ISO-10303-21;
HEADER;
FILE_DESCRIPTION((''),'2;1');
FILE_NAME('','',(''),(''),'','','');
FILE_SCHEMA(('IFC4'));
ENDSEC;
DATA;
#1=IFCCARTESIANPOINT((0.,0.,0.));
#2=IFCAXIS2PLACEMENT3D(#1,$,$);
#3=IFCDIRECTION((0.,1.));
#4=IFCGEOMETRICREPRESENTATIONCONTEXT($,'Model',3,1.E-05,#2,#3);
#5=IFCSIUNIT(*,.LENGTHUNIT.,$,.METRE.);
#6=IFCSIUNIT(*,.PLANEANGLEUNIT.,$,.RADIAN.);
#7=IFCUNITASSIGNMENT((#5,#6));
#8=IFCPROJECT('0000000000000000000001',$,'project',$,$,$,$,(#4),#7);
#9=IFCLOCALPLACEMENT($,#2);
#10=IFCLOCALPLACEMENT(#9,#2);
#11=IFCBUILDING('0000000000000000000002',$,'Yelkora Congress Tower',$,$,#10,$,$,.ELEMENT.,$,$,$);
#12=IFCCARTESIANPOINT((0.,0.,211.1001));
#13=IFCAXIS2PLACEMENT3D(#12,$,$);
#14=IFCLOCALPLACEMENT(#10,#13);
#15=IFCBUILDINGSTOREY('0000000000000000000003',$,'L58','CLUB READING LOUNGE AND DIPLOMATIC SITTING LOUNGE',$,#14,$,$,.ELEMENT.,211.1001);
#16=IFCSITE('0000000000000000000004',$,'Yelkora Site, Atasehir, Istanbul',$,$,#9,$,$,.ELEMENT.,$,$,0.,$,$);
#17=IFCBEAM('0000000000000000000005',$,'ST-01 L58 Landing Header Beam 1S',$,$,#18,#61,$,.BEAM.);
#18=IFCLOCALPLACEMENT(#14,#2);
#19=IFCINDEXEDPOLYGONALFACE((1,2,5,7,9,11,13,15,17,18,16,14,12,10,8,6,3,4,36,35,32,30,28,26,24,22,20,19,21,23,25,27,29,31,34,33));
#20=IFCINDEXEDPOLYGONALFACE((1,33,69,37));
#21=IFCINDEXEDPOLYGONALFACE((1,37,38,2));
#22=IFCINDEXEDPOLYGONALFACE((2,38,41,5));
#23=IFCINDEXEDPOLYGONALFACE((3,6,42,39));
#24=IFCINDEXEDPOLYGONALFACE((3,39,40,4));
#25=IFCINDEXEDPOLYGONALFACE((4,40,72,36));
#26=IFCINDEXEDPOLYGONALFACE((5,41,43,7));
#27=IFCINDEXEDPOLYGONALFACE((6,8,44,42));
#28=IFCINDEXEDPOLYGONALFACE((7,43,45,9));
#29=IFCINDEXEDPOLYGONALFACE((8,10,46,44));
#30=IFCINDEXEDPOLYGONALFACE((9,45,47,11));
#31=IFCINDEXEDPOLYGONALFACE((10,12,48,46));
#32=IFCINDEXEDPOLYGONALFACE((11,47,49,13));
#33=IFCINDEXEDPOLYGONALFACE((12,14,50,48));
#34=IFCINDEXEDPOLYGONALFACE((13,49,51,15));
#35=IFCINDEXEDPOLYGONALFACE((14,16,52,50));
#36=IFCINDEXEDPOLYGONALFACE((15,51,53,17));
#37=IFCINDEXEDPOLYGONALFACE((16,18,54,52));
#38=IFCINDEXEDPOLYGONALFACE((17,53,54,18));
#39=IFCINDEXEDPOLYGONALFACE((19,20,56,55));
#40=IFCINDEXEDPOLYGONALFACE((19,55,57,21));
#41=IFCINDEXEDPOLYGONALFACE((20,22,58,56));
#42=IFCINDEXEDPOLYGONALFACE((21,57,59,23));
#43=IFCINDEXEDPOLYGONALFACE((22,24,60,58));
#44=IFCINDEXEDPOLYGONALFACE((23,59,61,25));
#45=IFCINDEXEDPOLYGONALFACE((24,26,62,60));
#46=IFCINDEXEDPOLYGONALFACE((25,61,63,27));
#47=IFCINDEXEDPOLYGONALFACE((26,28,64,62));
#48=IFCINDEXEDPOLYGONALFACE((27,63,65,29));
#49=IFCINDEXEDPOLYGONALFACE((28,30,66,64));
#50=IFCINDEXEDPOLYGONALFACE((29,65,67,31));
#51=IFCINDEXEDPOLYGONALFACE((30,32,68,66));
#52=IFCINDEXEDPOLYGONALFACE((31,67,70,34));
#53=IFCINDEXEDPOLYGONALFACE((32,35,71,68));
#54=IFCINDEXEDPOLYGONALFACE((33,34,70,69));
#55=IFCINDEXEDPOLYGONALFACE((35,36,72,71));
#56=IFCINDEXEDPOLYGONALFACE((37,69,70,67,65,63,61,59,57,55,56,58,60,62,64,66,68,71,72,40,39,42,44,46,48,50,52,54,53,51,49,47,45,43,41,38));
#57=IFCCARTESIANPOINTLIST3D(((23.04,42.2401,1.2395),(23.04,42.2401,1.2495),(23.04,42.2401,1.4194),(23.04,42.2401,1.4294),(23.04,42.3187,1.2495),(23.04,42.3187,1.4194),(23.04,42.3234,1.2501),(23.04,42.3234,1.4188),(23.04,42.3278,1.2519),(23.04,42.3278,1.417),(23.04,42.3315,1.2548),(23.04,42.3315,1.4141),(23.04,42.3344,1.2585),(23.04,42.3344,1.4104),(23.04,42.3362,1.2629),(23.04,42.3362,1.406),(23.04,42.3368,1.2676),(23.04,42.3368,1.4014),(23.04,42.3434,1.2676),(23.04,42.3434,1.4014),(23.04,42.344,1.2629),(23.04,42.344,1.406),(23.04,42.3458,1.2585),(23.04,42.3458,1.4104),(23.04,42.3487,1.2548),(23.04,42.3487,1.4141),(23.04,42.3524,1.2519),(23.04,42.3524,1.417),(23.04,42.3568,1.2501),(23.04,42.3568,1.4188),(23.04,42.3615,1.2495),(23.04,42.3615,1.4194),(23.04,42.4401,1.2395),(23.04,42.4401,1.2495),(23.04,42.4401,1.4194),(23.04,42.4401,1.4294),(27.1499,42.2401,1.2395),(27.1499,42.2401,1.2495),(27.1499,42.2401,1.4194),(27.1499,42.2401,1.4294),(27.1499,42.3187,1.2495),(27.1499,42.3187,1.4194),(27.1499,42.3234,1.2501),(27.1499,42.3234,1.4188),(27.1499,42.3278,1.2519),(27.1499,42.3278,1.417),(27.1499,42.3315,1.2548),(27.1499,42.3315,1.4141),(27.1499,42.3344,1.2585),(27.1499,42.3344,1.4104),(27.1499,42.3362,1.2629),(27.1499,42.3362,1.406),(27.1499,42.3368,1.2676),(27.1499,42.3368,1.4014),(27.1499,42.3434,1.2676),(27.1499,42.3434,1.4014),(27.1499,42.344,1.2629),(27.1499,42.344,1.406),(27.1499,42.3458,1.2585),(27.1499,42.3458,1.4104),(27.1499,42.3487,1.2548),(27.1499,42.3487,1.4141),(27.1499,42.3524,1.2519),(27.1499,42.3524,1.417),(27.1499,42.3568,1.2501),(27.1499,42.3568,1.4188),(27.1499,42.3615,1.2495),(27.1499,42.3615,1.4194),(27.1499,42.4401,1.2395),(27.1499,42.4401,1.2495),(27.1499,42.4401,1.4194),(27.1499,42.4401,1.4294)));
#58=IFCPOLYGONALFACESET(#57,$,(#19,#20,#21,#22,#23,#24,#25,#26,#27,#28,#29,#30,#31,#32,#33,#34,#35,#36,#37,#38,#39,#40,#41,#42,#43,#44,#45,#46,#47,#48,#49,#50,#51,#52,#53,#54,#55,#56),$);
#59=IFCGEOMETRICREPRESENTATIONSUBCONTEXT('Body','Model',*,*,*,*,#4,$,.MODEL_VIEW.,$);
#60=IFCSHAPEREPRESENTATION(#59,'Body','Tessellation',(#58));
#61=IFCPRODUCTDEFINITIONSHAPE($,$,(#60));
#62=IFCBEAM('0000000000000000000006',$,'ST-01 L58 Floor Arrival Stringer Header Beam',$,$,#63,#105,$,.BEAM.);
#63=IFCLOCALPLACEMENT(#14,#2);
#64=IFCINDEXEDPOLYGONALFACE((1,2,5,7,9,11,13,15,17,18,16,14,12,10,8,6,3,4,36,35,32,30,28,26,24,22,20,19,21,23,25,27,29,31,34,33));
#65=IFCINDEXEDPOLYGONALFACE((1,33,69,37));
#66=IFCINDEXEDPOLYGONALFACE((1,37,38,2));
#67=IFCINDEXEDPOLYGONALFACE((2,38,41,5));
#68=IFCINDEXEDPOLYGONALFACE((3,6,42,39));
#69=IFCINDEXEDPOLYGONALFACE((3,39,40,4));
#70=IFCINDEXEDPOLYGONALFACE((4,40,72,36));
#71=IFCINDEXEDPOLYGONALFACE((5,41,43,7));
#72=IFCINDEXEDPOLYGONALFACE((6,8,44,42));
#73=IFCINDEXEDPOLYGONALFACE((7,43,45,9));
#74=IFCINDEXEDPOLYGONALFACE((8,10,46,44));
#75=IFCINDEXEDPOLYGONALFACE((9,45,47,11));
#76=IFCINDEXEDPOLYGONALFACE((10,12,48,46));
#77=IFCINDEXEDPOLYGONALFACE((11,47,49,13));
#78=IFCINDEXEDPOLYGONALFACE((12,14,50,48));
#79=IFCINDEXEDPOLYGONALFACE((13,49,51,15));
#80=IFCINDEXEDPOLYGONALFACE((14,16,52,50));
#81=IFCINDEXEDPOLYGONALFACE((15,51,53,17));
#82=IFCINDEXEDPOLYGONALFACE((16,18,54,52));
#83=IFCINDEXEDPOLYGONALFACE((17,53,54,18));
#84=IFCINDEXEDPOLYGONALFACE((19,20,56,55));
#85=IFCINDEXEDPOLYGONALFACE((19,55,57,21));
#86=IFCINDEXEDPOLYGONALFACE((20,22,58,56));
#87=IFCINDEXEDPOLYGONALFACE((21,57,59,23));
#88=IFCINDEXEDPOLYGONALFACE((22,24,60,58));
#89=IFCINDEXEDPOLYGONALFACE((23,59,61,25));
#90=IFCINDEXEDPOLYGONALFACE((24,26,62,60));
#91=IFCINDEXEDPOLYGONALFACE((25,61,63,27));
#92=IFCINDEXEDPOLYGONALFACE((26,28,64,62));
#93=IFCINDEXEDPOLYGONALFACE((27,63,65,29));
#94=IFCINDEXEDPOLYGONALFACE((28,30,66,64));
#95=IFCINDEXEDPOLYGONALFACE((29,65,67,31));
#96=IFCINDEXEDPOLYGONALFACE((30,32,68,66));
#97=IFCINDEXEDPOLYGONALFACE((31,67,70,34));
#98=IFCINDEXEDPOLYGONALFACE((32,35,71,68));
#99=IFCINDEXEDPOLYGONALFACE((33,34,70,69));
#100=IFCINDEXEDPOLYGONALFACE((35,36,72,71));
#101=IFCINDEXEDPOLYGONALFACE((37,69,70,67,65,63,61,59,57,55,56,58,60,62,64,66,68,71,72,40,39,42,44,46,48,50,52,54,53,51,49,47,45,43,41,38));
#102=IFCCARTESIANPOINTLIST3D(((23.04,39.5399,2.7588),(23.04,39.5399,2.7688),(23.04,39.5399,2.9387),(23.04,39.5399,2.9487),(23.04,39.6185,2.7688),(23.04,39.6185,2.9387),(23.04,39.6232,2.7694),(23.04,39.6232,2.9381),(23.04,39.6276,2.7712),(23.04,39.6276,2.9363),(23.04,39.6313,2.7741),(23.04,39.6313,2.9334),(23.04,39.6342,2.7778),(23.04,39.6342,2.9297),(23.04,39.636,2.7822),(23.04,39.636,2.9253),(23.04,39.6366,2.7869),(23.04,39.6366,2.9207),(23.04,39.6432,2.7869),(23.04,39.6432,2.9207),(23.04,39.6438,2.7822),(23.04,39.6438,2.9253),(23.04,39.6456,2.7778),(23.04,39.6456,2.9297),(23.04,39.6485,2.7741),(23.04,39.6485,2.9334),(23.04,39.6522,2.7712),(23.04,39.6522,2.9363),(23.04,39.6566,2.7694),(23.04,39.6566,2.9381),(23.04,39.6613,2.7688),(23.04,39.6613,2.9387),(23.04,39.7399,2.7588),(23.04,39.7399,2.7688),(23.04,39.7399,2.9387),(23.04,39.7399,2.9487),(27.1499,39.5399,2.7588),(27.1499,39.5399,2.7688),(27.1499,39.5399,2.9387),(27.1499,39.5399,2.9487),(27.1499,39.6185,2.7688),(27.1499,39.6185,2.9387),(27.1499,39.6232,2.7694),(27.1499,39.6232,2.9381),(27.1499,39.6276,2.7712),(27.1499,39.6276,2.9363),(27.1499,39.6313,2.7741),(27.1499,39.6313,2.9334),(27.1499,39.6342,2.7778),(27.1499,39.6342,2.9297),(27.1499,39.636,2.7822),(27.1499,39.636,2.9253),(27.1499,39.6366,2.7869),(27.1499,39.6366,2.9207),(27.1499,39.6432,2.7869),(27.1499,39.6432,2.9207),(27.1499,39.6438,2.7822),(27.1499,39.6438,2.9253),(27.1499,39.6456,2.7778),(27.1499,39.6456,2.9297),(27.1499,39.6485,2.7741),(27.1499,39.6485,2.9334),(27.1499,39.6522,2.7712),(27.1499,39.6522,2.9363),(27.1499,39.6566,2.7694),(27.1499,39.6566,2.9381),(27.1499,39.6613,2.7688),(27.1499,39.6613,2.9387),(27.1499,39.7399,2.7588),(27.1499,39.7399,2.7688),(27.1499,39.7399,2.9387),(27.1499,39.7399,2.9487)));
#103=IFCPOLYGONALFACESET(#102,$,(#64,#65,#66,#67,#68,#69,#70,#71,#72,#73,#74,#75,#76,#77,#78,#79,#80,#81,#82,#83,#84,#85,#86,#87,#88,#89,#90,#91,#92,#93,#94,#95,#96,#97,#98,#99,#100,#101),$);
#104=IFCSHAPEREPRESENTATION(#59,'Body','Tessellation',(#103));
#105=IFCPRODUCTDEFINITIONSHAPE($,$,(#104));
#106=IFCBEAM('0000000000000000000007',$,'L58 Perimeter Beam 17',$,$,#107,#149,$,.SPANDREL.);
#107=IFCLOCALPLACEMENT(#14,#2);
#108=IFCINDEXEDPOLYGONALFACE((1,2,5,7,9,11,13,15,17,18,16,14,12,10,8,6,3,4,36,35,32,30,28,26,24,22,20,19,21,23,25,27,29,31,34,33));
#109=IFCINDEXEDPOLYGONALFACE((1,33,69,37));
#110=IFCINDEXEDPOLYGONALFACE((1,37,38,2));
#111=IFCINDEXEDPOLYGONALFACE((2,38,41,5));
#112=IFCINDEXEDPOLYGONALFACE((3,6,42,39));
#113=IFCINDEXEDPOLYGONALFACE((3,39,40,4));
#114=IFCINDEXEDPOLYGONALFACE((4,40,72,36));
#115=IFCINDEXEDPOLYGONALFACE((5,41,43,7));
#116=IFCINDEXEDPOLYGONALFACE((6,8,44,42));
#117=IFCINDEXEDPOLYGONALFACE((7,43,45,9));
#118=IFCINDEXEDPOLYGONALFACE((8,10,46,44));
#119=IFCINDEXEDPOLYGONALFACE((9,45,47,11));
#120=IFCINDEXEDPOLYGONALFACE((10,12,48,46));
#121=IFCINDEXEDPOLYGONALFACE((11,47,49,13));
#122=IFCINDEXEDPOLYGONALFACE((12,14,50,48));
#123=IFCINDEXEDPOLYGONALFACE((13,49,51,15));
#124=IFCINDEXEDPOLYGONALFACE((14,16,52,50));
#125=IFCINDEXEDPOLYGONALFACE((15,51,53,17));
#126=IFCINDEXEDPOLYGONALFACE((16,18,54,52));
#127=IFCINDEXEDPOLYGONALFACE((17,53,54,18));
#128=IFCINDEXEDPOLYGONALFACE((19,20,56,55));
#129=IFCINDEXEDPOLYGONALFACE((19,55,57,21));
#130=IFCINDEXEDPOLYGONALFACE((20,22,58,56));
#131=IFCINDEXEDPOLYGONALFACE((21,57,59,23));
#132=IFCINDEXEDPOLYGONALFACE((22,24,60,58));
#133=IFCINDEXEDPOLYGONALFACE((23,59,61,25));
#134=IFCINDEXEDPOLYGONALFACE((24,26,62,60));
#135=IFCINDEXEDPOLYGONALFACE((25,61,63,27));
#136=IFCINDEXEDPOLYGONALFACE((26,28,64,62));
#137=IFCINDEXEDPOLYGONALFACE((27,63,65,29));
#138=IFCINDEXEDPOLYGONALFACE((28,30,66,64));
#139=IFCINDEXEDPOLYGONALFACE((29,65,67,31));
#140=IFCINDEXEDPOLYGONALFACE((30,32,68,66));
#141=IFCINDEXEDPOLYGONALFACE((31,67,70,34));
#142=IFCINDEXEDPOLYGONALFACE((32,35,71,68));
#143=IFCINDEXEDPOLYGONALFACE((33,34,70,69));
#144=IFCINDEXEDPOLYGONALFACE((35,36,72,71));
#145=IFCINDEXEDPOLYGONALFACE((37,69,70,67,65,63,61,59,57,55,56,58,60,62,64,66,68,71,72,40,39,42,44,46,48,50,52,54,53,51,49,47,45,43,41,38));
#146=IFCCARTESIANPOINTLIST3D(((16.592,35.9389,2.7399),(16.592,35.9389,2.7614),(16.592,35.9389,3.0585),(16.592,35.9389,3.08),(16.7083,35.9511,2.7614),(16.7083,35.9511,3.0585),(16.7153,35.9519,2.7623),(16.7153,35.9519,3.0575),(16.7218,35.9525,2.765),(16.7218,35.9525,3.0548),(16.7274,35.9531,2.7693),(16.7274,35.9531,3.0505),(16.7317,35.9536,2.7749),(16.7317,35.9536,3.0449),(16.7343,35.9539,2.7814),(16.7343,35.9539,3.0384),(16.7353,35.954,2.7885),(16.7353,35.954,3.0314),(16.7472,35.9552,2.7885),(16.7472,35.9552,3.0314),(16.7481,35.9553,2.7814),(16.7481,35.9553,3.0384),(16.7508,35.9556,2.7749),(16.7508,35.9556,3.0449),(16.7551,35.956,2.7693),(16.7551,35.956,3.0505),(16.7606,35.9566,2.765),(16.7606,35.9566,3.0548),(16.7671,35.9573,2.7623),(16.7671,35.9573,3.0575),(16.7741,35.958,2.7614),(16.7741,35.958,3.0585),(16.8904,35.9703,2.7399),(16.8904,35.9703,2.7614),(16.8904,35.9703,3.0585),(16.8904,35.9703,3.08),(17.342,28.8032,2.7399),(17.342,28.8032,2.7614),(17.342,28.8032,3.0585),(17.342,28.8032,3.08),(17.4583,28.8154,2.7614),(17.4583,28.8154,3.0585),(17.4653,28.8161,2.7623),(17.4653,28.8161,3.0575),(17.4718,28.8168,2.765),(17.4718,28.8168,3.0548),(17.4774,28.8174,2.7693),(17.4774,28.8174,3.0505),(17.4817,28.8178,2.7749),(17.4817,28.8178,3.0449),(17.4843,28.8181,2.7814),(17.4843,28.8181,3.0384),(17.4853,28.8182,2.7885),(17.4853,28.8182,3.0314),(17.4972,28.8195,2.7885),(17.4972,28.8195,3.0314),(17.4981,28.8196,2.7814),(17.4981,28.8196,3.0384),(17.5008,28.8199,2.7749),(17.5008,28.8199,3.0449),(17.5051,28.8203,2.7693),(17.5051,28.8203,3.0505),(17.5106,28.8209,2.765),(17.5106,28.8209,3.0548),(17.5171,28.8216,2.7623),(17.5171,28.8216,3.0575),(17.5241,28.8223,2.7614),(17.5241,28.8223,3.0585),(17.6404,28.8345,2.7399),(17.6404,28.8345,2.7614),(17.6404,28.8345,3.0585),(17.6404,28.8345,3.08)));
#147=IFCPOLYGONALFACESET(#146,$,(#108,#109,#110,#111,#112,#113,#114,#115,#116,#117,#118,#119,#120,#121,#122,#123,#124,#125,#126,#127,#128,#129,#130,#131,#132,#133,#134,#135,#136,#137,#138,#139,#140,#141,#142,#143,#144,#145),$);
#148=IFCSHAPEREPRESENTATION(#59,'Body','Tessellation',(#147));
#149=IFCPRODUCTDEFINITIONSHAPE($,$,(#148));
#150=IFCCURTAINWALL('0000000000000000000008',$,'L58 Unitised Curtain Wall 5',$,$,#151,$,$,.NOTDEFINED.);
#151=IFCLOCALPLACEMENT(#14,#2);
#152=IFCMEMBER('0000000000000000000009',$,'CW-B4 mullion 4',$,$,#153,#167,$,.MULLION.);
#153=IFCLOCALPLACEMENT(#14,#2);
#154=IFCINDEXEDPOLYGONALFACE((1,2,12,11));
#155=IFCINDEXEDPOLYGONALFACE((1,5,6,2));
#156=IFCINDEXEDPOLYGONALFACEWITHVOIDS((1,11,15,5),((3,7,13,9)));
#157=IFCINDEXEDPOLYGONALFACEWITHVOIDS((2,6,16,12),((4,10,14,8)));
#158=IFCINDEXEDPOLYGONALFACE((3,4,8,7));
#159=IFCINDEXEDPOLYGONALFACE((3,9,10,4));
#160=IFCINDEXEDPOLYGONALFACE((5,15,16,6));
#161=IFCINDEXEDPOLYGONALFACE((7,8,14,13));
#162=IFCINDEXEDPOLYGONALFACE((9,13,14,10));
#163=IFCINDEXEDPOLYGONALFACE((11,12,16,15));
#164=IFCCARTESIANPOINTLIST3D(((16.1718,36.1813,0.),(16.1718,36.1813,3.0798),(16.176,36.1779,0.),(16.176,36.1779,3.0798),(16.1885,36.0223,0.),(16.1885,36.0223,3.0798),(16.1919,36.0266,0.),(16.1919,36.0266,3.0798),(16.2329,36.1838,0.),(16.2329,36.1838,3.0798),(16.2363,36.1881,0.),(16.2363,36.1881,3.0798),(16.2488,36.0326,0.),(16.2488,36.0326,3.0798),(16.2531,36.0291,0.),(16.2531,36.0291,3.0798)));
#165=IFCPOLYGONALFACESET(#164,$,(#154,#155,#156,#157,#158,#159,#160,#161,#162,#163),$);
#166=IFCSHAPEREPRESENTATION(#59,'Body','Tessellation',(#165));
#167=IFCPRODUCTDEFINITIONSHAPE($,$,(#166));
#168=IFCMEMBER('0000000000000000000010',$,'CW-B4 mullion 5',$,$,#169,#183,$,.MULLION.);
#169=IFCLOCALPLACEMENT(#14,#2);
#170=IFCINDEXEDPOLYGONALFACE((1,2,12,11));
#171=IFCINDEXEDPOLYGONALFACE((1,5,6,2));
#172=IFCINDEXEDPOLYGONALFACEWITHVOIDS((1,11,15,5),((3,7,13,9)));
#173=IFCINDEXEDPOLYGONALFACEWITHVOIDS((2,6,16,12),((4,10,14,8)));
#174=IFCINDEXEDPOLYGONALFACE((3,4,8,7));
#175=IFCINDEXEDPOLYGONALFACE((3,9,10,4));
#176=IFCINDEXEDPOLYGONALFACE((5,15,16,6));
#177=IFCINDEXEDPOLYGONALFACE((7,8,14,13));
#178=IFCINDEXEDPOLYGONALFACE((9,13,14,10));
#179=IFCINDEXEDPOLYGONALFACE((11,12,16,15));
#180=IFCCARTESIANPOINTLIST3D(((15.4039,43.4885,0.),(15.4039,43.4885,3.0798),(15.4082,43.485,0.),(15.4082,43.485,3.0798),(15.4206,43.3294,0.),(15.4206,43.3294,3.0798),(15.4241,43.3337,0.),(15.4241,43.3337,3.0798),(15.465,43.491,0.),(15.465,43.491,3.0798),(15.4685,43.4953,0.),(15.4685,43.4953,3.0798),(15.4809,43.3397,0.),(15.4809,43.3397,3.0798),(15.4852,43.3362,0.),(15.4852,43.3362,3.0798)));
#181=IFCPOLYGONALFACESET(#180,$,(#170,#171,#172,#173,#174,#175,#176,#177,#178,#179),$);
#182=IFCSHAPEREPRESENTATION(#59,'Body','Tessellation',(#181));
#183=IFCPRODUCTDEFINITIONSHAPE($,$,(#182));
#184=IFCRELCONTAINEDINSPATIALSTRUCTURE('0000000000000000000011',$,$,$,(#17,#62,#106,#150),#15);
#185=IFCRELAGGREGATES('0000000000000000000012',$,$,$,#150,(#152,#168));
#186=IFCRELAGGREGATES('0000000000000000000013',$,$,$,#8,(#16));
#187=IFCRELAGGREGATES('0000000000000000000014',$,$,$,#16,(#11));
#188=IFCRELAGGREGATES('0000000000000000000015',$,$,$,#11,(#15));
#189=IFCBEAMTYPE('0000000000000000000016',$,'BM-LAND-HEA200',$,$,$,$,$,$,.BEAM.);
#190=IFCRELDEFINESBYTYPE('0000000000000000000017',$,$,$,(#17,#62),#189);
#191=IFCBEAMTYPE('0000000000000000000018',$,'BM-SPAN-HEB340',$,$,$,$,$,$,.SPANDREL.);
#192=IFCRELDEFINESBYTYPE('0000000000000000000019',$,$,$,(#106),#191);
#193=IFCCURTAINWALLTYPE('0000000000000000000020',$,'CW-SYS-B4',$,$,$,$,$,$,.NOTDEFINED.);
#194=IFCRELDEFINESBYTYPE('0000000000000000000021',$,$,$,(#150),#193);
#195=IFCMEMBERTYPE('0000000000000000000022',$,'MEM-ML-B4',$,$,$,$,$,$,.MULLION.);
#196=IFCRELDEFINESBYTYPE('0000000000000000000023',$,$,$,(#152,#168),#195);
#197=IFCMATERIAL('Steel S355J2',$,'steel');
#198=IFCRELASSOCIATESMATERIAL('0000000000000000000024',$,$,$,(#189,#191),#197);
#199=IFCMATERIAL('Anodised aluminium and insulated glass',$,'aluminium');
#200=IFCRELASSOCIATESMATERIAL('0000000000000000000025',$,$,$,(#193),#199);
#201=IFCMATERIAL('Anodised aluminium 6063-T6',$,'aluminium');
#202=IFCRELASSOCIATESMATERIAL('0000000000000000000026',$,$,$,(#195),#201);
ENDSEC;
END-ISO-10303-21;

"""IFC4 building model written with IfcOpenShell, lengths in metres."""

from ifc_helpers import new_model, si_unit, direction, frame, origin, origin_2d, place, context, subcontext, project, spatial, hollow_rectangle, i_section, extrude, material, material_profile, profile_set, type_object, element, aggregate, save


model = new_model("IFC4")

# Units and contexts
model_context = context("Model", 3, precision=1e-05, world=origin(), true_north=direction((0.0, 1.0)))
body_context = subcontext(model_context, "Body", "Model", "MODEL_VIEW")
ifc_project = project(units=[si_unit("LENGTHUNIT", "METRE"), si_unit("PLANEANGLEUNIT", "RADIAN")], contexts=[model_context])

# Site, building, storey
site_placement = place(None, origin())
site = spatial("IfcSite", under=ifc_project, at=site_placement, Name="Yelkora Site, Atasehir, Istanbul", CompositionType="ELEMENT", RefElevation=0.0)
building_placement = place(site_placement, origin())
building = spatial("IfcBuilding", under=site, at=building_placement, Name="Yelkora Congress Tower", CompositionType="ELEMENT")
storey_placement = place(building_placement, frame((0.0, 0.0, 211.1001)))
storey = spatial("IfcBuildingStorey", under=building, at=storey_placement, Name="L58", Description="CLUB READING LOUNGE AND DIPLOMATIC SITTING LOUNGE", CompositionType="ELEMENT", Elevation=211.1001)

# Shared definitions
ifc_material_1 = material(Name="Steel S355J2", Category="steel")

# Beams
ifc_material_profile_1 = material_profile(ifc_material_1, i_section(OverallWidth=0.2, OverallDepth=0.1899, WebThickness=0.0066, FlangeThickness=0.01, FilletRadius=0.0181, at=origin_2d()), Name="HEA 200")
ifc_profile_set_1 = profile_set([ifc_material_profile_1], Name="Steel S355J2")
beam_type_1 = type_object("IfcBeamType", Name="BM-LAND-HEA200", PredefinedType="BEAM", material=ifc_profile_set_1)
for number, where, z_axis, x_axis, name in (
    (1, (23.04, 42.3401, 1.3345), (1.0, 0.0, 0.0), (0.0, 1.0, 0.0), "ST-01 L58 Landing Header Beam 1S"),
    (2, (23.04, 39.6399, 2.8538), (1.0, 0.0, 0.0), (0.0, 1.0, 0.0), "ST-01 L58 Floor Arrival Stringer Header Beam"),
):
    element("IfcBeam", number, at=place(storey_placement, frame(where, z_axis=z_axis, x_axis=x_axis)), inside=storey, type_object=beam_type_1, Name=name, PredefinedType="BEAM", context=body_context, shape_type="SweptSolid", body=[
        extrude(i_section(OverallWidth=0.2, OverallDepth=0.1899, WebThickness=0.0066, FlangeThickness=0.01, FilletRadius=0.0181, at=origin_2d()), origin(), (0.0, 0.0, 1.0), 4.1099),
    ])
ifc_material_profile_2 = material_profile(ifc_material_1, i_section(OverallWidth=0.3, OverallDepth=0.3401, WebThickness=0.012, FlangeThickness=0.0215, FilletRadius=0.0271, at=origin_2d()), Name="HEB 340")
ifc_profile_set_2 = profile_set([ifc_material_profile_2], Name="Steel S355J2")
beam_type_2 = type_object("IfcBeamType", Name="BM-SPAN-HEB340", PredefinedType="SPANDREL", material=ifc_profile_set_2)
beam_1_placement = place(storey_placement, frame((16.7412, 35.9546, 2.9099), z_axis=(0.104529, -0.994522, 0.0), x_axis=(0.994522, 0.104529, 0.0)))
element("IfcBeam", 3, at=beam_1_placement, inside=storey, type_object=beam_type_2, Name="L58 Perimeter Beam 17", PredefinedType="SPANDREL", context=body_context, shape_type="SweptSolid", body=[
    extrude(i_section(OverallWidth=0.3, OverallDepth=0.3401, WebThickness=0.012, FlangeThickness=0.0215, FilletRadius=0.0271, at=origin_2d()), origin(), (0.0, 0.0, 1.0), 7.175),
])

# Curtain wall, members
ifc_material_2 = material(Name="Anodised aluminium and insulated glass", Category="aluminium")
curtain_wall_type = type_object("IfcCurtainWallType", Name="CW-SYS-B4", PredefinedType="NOTDEFINED", material=ifc_material_2)
curtain_wall_placement = place(storey_placement, origin())
curtain_wall = element("IfcCurtainWall", 4, at=curtain_wall_placement, inside=storey, type_object=curtain_wall_type, Name="L58 Unitised Curtain Wall 5", PredefinedType="NOTDEFINED")
ifc_material_3 = material(Name="Anodised aluminium 6063-T6", Category="aluminium")
ifc_material_profile_3 = material_profile(ifc_material_3, hollow_rectangle(XDim=0.0649, YDim=0.1599, WallThickness=0.0039, at=origin_2d()), Name="ALU 65x160x4")
ifc_profile_set_3 = profile_set([ifc_material_profile_3], Name="Anodised aluminium 6063-T6")
member_type_1 = type_object("IfcMemberType", Name="MEM-ML-B4", PredefinedType="MULLION", material=ifc_profile_set_3)
member_1_placement = place(storey_placement, frame((16.2124, 36.1052, 0.0), z_axis=(0.0, 0.0, 1.0), x_axis=(-0.994522, -0.104526, 0.0)))
member_1 = element("IfcMember", 5, at=member_1_placement, type_object=member_type_1, Name="CW-B4 mullion 4", PredefinedType="MULLION", context=body_context, shape_type="SweptSolid", body=[
    extrude(hollow_rectangle(XDim=0.0649, YDim=0.1599, WallThickness=0.0039, at=origin_2d()), origin(), (0.0, 0.0, 1.0), 3.0798),
])
member_2_placement = place(storey_placement, frame((15.4446, 43.4124, 0.0), z_axis=(0.0, 0.0, 1.0), x_axis=(-0.994522, -0.104526, 0.0)))
member_2 = element("IfcMember", 6, at=member_2_placement, type_object=member_type_1, Name="CW-B4 mullion 5", PredefinedType="MULLION", context=body_context, shape_type="SweptSolid", body=[
    extrude(hollow_rectangle(XDim=0.0649, YDim=0.1599, WallThickness=0.0039, at=origin_2d()), origin(), (0.0, 0.0, 1.0), 3.0798),
])
aggregate(curtain_wall, [member_1, member_2])

save(model, "model.ifc")
